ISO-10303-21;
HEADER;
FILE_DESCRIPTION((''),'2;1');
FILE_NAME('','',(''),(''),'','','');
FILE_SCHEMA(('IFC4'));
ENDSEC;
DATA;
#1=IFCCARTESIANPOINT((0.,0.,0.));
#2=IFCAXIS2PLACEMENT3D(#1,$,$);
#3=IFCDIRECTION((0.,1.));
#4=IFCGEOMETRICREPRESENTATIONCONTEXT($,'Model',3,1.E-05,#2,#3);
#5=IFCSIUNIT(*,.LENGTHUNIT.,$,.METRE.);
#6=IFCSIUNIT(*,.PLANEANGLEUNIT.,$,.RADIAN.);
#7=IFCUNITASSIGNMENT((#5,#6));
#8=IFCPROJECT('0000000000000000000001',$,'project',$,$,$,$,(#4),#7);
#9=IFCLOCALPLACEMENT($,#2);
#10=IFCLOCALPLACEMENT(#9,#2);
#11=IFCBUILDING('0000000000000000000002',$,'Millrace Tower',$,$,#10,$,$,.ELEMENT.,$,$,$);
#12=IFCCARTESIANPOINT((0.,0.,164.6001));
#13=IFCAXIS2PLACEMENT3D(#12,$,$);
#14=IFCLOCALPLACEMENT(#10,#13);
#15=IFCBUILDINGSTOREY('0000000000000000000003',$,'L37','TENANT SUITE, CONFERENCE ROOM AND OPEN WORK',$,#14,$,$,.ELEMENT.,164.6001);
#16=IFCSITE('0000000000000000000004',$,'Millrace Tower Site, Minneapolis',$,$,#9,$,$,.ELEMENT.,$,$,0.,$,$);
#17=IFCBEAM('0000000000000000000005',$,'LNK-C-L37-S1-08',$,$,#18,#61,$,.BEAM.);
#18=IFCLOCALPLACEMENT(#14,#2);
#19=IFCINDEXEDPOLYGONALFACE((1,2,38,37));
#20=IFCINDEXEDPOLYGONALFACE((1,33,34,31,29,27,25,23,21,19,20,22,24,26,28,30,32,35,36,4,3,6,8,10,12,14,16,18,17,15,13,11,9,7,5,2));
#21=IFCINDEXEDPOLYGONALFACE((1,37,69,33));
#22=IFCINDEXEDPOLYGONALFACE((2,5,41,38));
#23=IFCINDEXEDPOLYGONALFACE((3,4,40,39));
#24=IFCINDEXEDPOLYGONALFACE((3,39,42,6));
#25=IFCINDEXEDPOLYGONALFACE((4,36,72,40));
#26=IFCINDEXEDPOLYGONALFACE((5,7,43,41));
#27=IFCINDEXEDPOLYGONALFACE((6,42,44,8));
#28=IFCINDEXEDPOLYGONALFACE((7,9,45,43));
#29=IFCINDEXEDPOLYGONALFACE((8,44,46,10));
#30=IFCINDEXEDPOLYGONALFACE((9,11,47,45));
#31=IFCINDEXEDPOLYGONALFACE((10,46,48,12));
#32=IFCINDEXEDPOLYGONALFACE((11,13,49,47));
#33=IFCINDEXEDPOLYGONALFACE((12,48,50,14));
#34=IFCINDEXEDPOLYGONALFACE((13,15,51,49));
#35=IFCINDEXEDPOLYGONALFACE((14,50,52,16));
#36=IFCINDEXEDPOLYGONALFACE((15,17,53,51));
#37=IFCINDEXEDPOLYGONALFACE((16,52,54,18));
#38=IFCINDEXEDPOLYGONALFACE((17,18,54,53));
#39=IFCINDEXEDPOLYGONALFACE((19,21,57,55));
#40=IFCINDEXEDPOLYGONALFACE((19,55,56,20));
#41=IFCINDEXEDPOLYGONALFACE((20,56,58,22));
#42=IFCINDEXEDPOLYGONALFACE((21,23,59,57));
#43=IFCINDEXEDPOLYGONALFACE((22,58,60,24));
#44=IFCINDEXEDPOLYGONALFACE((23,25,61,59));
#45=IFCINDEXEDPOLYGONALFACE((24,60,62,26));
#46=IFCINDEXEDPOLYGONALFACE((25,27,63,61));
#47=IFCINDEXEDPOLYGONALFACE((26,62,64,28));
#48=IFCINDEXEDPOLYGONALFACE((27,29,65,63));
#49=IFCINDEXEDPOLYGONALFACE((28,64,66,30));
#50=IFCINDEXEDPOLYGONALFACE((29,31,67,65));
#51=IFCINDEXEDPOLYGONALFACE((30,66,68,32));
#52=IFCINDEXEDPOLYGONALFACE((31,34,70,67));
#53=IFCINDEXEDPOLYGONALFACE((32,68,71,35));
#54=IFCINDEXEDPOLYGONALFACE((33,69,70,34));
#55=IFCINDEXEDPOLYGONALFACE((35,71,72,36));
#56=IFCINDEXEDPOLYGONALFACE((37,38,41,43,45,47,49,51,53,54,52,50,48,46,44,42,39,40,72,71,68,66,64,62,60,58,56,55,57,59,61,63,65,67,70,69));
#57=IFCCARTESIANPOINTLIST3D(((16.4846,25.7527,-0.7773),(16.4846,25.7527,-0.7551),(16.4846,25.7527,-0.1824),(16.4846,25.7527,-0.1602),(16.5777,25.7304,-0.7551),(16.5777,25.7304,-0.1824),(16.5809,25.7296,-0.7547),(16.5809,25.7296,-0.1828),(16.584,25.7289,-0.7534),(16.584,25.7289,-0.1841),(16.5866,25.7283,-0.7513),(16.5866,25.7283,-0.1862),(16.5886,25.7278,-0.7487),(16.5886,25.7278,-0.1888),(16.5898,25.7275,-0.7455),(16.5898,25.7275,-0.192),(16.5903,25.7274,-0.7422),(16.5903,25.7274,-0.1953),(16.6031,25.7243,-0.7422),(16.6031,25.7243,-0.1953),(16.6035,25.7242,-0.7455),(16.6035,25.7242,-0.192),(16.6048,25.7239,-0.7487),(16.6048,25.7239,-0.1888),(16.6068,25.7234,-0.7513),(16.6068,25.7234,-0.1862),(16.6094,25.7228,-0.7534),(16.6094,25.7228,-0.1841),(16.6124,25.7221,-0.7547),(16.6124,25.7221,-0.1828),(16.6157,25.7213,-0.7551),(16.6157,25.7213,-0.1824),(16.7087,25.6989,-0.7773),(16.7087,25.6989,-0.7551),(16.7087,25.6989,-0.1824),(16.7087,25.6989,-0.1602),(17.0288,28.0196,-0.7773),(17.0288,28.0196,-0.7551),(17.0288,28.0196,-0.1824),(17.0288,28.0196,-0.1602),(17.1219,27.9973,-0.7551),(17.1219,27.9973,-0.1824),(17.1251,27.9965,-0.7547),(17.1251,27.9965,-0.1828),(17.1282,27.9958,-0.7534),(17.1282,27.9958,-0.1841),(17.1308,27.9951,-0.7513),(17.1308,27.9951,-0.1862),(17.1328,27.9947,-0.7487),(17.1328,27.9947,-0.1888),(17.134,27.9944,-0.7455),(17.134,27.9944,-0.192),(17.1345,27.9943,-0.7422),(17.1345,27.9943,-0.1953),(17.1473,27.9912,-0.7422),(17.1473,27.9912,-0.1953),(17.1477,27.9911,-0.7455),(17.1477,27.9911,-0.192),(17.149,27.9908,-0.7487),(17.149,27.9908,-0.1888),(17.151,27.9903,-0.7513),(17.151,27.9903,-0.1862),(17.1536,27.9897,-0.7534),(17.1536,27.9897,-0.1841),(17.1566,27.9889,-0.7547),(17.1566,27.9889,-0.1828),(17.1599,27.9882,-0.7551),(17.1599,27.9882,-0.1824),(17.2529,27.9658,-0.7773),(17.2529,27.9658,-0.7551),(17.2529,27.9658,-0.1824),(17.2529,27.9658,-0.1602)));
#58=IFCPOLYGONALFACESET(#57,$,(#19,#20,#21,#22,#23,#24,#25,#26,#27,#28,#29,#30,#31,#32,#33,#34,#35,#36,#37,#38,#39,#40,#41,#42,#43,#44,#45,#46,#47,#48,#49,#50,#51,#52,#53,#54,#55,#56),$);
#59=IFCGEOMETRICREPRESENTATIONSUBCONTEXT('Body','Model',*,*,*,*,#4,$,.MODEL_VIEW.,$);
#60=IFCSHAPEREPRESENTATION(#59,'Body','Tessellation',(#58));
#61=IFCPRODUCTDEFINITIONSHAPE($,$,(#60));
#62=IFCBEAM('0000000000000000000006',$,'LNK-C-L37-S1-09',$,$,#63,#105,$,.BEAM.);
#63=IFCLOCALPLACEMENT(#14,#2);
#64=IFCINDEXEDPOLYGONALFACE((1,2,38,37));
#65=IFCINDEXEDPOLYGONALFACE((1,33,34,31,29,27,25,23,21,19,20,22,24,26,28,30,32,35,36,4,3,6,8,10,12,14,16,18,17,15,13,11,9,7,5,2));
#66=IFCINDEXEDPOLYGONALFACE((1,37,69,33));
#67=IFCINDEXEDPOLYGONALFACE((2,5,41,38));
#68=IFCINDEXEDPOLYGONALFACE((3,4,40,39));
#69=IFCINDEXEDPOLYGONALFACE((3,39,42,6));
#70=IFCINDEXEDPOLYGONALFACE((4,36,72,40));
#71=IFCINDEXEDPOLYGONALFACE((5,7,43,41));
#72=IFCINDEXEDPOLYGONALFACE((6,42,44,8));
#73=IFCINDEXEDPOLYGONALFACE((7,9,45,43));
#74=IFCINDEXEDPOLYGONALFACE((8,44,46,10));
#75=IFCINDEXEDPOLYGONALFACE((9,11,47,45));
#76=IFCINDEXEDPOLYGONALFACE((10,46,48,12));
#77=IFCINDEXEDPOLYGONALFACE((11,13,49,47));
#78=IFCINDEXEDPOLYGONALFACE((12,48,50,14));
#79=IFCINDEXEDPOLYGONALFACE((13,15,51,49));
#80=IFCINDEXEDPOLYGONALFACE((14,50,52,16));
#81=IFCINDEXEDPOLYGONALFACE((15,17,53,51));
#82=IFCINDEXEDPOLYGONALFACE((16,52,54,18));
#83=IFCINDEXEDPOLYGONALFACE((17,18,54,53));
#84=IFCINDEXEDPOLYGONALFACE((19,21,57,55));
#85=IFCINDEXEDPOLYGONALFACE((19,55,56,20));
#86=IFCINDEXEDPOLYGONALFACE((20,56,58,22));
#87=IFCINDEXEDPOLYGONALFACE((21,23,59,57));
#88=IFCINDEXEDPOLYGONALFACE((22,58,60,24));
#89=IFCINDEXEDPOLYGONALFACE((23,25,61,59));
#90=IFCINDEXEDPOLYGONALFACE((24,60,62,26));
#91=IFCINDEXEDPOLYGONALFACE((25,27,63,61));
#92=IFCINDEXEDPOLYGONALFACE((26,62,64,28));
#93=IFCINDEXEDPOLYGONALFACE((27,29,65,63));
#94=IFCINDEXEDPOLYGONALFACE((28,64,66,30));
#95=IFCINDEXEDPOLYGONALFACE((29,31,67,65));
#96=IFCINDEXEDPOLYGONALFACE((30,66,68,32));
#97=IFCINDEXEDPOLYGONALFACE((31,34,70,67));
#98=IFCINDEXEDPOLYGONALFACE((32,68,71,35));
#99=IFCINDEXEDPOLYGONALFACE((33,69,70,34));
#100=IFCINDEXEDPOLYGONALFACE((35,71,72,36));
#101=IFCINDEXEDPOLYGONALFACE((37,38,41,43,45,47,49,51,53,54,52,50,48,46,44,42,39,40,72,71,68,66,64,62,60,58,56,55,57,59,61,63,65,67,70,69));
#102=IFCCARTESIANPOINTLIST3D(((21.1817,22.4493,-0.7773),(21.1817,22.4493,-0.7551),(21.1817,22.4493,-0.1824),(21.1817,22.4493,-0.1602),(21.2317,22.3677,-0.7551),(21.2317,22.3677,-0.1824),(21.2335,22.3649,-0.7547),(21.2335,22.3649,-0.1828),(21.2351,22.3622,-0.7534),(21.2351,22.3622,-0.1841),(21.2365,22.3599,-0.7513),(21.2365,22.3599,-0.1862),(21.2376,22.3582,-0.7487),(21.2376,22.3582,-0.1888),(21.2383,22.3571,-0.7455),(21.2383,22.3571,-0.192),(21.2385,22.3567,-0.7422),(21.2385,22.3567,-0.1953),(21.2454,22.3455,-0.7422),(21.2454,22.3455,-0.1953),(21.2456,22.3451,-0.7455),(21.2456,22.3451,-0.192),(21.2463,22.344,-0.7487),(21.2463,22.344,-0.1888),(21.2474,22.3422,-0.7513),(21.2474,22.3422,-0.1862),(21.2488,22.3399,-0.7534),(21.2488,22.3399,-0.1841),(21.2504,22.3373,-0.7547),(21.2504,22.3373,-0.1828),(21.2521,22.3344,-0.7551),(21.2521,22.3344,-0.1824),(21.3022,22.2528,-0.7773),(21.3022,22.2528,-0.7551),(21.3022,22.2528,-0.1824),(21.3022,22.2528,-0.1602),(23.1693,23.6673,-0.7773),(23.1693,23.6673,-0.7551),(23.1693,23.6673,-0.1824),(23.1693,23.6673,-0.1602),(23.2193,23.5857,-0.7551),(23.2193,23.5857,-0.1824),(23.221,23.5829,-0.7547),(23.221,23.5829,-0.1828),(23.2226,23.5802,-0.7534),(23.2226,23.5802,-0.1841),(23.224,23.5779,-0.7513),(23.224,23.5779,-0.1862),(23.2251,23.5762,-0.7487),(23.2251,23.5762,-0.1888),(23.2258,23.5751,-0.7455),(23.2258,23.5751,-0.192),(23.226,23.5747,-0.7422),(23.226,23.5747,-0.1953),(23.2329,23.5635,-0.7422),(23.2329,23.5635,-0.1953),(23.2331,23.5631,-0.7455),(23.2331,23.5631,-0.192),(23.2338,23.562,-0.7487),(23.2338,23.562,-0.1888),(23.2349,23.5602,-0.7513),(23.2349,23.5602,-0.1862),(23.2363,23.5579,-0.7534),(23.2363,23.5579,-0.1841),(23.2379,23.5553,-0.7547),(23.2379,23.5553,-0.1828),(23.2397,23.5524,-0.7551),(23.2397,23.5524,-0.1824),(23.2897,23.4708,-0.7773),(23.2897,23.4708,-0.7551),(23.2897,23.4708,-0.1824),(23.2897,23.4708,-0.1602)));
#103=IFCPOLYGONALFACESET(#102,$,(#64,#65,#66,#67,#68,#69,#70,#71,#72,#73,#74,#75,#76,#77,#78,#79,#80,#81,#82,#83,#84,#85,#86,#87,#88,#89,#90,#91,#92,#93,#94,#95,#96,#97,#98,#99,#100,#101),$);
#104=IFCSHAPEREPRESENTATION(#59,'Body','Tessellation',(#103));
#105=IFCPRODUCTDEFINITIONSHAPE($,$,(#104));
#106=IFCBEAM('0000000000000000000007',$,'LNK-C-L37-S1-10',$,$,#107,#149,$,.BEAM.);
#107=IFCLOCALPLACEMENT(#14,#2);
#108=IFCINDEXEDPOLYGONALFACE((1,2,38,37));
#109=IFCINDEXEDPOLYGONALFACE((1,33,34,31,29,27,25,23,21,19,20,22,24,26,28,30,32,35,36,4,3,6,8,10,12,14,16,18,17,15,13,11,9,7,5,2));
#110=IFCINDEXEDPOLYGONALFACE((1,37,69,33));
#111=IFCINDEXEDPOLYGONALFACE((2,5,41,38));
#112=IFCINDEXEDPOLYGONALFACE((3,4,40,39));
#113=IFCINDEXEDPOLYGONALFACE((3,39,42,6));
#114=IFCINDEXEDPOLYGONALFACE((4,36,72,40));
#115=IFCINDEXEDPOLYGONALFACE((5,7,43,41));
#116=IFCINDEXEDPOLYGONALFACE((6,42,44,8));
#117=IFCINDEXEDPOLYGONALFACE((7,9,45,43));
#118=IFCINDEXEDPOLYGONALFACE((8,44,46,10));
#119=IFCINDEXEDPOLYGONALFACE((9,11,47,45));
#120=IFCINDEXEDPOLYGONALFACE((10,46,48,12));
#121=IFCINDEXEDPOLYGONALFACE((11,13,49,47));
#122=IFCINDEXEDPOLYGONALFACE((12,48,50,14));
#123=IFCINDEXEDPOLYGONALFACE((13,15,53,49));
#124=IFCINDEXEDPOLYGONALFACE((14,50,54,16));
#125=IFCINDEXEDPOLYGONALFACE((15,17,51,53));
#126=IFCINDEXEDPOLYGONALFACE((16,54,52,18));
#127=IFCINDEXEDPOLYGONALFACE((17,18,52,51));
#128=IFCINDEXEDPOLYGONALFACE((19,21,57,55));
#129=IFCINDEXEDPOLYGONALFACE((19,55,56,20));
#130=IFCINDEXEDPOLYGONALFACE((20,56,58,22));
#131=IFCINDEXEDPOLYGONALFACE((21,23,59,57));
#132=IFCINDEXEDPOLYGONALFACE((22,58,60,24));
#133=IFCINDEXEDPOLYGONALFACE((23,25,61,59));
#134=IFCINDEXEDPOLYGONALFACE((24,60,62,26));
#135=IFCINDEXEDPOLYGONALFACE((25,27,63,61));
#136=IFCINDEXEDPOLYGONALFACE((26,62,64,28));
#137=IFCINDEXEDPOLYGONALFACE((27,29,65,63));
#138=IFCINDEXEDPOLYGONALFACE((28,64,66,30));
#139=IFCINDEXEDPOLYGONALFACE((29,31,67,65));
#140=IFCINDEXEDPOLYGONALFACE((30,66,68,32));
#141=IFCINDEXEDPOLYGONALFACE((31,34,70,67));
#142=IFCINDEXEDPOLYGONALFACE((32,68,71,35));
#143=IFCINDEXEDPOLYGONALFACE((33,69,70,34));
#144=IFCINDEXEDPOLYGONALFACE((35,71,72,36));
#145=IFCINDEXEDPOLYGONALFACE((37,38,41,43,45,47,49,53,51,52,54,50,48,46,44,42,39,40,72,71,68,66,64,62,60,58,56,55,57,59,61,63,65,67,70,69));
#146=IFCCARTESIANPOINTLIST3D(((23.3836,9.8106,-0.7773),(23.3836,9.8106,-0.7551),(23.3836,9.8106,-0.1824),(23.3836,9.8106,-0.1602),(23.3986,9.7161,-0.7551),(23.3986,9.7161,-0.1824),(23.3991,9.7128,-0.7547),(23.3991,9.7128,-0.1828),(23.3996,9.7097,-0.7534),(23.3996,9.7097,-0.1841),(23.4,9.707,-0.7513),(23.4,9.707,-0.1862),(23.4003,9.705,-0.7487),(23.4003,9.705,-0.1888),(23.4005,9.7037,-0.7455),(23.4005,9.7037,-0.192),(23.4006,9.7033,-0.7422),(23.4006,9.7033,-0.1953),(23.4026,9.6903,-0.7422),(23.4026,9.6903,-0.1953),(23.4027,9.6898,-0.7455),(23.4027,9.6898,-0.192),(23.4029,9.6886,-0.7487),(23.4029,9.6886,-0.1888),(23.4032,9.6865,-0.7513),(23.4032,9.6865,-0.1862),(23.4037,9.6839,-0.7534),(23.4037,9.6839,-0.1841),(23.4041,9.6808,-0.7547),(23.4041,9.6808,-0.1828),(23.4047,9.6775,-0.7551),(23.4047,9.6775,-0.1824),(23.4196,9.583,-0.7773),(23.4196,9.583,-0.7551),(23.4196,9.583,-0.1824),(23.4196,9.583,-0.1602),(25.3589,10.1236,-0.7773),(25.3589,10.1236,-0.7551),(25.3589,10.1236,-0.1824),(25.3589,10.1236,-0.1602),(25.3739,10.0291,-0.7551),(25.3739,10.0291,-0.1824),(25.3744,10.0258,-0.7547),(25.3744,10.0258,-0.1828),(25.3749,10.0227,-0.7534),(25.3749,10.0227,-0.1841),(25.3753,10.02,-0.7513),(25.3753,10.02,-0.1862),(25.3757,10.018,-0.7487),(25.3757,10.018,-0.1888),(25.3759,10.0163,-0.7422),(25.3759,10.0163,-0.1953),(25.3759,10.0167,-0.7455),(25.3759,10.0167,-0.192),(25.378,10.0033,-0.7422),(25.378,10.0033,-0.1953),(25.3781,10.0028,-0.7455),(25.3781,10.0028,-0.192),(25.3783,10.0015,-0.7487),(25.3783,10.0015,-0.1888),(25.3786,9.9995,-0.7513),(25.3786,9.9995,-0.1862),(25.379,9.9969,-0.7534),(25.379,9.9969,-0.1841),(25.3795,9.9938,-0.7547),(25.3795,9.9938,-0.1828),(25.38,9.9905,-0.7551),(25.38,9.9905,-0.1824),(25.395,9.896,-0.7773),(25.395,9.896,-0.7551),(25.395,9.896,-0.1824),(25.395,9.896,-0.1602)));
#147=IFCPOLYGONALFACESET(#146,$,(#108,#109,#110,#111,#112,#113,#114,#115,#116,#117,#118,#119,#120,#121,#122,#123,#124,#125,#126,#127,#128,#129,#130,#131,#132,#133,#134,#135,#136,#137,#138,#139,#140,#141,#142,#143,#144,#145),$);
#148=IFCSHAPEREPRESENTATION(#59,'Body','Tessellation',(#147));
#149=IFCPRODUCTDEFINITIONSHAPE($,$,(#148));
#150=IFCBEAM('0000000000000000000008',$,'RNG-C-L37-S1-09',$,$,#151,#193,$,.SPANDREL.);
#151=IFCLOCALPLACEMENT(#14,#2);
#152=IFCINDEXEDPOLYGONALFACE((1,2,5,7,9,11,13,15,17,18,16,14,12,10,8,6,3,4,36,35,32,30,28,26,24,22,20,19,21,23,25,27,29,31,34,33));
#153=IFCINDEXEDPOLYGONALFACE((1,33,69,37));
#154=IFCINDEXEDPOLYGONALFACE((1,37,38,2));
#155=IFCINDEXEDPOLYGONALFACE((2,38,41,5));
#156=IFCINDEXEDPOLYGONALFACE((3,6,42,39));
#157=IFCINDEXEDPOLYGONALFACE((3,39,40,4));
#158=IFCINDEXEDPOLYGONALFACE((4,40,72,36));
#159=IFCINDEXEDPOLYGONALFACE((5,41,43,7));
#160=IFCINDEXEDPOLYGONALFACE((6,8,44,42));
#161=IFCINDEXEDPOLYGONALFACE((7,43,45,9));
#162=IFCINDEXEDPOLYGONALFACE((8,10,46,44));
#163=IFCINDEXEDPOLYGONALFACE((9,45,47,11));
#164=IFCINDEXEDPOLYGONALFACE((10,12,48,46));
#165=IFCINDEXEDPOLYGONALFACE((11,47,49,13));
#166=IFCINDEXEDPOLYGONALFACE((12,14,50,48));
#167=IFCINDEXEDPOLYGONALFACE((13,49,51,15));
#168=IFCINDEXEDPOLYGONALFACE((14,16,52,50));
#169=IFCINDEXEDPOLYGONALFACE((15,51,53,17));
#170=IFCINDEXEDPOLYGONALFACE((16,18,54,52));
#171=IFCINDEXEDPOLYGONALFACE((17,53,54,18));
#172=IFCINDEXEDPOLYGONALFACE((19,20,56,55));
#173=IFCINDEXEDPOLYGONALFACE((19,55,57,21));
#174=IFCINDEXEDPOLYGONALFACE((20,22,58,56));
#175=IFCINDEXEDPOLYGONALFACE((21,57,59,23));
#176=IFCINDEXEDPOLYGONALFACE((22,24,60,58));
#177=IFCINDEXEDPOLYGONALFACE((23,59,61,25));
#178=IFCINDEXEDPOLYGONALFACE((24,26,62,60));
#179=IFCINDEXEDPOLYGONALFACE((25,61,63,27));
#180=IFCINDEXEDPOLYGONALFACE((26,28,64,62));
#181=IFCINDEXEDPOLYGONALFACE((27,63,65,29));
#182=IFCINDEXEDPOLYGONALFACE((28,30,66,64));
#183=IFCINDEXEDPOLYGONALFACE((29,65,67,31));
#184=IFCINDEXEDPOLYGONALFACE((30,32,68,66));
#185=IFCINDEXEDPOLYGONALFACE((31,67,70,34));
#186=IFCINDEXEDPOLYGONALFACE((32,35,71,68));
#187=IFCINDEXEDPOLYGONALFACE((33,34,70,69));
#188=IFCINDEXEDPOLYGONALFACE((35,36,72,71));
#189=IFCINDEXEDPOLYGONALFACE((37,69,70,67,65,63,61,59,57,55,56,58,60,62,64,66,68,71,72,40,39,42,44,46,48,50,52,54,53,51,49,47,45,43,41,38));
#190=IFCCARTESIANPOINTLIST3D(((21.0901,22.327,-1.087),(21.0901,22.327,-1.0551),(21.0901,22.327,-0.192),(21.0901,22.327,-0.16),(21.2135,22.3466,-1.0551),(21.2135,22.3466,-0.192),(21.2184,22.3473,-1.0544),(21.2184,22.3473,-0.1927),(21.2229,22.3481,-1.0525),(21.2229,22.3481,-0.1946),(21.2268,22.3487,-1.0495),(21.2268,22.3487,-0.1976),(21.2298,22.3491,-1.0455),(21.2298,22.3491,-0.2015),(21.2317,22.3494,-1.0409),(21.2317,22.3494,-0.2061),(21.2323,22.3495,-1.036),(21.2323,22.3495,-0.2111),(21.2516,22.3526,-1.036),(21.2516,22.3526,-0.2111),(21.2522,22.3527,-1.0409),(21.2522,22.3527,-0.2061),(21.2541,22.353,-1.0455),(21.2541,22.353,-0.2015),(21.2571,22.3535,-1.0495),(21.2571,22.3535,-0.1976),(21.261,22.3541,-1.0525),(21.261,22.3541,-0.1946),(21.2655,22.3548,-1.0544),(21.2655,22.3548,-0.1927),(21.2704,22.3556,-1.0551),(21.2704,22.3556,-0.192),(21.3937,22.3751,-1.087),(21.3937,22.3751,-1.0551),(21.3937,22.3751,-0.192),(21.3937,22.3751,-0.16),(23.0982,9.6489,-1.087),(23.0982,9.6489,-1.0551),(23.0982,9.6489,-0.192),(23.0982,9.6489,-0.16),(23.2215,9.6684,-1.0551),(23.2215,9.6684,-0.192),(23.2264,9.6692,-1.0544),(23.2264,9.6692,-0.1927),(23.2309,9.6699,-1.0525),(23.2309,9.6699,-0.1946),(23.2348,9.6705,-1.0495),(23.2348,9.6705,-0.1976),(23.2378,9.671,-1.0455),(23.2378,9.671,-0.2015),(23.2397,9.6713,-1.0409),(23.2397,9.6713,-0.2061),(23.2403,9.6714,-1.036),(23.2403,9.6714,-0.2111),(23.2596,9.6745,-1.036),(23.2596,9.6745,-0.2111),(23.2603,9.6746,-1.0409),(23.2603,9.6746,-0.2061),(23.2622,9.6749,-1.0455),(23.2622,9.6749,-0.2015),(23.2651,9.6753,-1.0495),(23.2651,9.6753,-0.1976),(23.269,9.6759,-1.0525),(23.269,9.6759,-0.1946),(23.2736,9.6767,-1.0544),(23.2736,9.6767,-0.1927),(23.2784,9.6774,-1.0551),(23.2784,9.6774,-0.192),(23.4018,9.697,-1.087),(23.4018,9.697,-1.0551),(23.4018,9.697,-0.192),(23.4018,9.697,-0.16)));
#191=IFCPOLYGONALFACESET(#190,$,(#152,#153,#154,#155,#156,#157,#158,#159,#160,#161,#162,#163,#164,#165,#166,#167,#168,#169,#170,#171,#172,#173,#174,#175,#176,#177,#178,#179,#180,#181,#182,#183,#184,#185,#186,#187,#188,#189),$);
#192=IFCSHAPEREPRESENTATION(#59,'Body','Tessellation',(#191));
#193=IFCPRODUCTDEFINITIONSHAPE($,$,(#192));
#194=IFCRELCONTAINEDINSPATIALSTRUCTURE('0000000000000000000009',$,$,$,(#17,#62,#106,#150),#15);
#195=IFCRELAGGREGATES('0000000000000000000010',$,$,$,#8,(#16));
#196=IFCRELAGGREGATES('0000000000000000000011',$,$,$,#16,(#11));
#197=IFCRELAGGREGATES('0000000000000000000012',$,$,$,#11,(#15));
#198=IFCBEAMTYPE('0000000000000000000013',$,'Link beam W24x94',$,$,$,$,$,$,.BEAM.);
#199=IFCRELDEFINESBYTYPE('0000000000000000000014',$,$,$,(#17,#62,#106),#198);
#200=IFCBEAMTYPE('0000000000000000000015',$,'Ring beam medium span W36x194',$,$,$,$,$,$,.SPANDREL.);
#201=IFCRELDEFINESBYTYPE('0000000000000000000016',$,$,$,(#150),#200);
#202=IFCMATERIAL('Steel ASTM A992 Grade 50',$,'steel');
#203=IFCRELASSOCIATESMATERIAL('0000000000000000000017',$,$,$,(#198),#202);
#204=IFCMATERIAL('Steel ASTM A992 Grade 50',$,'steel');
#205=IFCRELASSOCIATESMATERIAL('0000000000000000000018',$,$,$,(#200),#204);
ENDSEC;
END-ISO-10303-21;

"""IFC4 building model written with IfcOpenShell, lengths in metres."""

from ifc_helpers import new_model, si_unit, direction, frame, origin, origin_2d, place, context, subcontext, project, spatial, i_section, extrude, material, material_profile, profile_set, type_object, element, save


model = new_model("IFC4")

# Units and contexts
model_context = context("Model", 3, precision=1e-05, world=origin(), true_north=direction((0.0, 1.0)))
body_context = subcontext(model_context, "Body", "Model", "MODEL_VIEW")
ifc_project = project(units=[si_unit("LENGTHUNIT", "METRE"), si_unit("PLANEANGLEUNIT", "RADIAN")], contexts=[model_context])

# Site, building, storey
site_placement = place(None, origin())
site = spatial("IfcSite", under=ifc_project, at=site_placement, Name="Millrace Tower Site, Minneapolis", CompositionType="ELEMENT", RefElevation=0.0)
building_placement = place(site_placement, origin())
building = spatial("IfcBuilding", under=site, at=building_placement, Name="Millrace Tower", CompositionType="ELEMENT")
storey_placement = place(building_placement, frame((0.0, 0.0, 164.6001)))
storey = spatial("IfcBuildingStorey", under=building, at=storey_placement, Name="L37", Description="TENANT SUITE, CONFERENCE ROOM AND OPEN WORK", CompositionType="ELEMENT", Elevation=164.6001)

# Beams
ifc_material_1 = material(Name="Steel ASTM A992 Grade 50", Category="steel")
ifc_material_profile_1 = material_profile(ifc_material_1, i_section(OverallWidth=0.2305, OverallDepth=0.6172, WebThickness=0.0132, FlangeThickness=0.0222, FilletRadius=0.0129, at=origin_2d()))
ifc_profile_set_1 = profile_set([ifc_material_profile_1], Name="Steel ASTM A992 Grade 50")
beam_type_1 = type_object("IfcBeamType", Name="Link beam W24x94", PredefinedType="BEAM", material=ifc_profile_set_1)
beam_1_placement = place(storey_placement, frame((16.5967, 25.7258, -0.4688), z_axis=(0.233432, 0.972373, 0.0), x_axis=(-0.972373, 0.233432, 0.0)))
element("IfcBeam", 1, at=beam_1_placement, inside=storey, type_object=beam_type_1, Name="LNK-C-L37-S1-08", PredefinedType="BEAM", context=body_context, shape_type="SweptSolid", body=[
    extrude(i_section(OverallWidth=0.2305, OverallDepth=0.6172, WebThickness=0.0132, FlangeThickness=0.0222, FilletRadius=0.0129, at=origin_2d()), origin(), (0.0, 0.0, 1.0), 2.3313),
])
beam_2_placement = place(storey_placement, frame((21.2419, 22.3511, -0.4688), z_axis=(0.852631, 0.522513, 0.0), x_axis=(-0.522513, 0.852631, 0.0)))
element("IfcBeam", 2, at=beam_2_placement, inside=storey, type_object=beam_type_1, Name="LNK-C-L37-S1-09", PredefinedType="BEAM", context=body_context, shape_type="SweptSolid", body=[
    extrude(i_section(OverallWidth=0.2305, OverallDepth=0.6172, WebThickness=0.0132, FlangeThickness=0.0222, FilletRadius=0.0129, at=origin_2d()), origin(), (0.0, 0.0, 1.0), 2.3311),
])
beam_3_placement = place(storey_placement, frame((23.4016, 9.6968, -0.4688), z_axis=(0.987679, 0.156495, 0.0), x_axis=(-0.156495, 0.987679, 0.0)))
element("IfcBeam", 3, at=beam_3_placement, inside=storey, type_object=beam_type_1, Name="LNK-C-L37-S1-10", PredefinedType="BEAM", context=body_context, shape_type="SweptSolid", body=[
    extrude(i_section(OverallWidth=0.2305, OverallDepth=0.6172, WebThickness=0.0132, FlangeThickness=0.0222, FilletRadius=0.0129, at=origin_2d()), origin(), (0.0, 0.0, 1.0), 2.0),
])
ifc_material_2 = material(Name="Steel ASTM A992 Grade 50", Category="steel")
ifc_material_profile_2 = material_profile(ifc_material_2, i_section(OverallWidth=0.3074, OverallDepth=0.927, WebThickness=0.0195, FlangeThickness=0.032, FilletRadius=0.019, at=origin_2d()))
ifc_profile_set_2 = profile_set([ifc_material_profile_2], Name="Steel ASTM A992 Grade 50")
beam_type_2 = type_object("IfcBeamType", Name="Ring beam medium span W36x194", PredefinedType="SPANDREL", material=ifc_profile_set_2)
beam_4_placement = place(storey_placement, frame((21.2419, 22.3511, -0.6235), z_axis=(0.156436, -0.987688, 0.0), x_axis=(0.987688, 0.156436, 0.0)))
element("IfcBeam", 4, at=beam_4_placement, inside=storey, type_object=beam_type_2, Name="RNG-C-L37-S1-09", PredefinedType="SPANDREL", context=body_context, shape_type="SweptSolid", body=[
    extrude(i_section(OverallWidth=0.3074, OverallDepth=0.927, WebThickness=0.0195, FlangeThickness=0.032, FilletRadius=0.019, at=origin_2d()), origin(), (0.0, 0.0, 1.0), 12.8362),
])

save(model, "model.ifc")
